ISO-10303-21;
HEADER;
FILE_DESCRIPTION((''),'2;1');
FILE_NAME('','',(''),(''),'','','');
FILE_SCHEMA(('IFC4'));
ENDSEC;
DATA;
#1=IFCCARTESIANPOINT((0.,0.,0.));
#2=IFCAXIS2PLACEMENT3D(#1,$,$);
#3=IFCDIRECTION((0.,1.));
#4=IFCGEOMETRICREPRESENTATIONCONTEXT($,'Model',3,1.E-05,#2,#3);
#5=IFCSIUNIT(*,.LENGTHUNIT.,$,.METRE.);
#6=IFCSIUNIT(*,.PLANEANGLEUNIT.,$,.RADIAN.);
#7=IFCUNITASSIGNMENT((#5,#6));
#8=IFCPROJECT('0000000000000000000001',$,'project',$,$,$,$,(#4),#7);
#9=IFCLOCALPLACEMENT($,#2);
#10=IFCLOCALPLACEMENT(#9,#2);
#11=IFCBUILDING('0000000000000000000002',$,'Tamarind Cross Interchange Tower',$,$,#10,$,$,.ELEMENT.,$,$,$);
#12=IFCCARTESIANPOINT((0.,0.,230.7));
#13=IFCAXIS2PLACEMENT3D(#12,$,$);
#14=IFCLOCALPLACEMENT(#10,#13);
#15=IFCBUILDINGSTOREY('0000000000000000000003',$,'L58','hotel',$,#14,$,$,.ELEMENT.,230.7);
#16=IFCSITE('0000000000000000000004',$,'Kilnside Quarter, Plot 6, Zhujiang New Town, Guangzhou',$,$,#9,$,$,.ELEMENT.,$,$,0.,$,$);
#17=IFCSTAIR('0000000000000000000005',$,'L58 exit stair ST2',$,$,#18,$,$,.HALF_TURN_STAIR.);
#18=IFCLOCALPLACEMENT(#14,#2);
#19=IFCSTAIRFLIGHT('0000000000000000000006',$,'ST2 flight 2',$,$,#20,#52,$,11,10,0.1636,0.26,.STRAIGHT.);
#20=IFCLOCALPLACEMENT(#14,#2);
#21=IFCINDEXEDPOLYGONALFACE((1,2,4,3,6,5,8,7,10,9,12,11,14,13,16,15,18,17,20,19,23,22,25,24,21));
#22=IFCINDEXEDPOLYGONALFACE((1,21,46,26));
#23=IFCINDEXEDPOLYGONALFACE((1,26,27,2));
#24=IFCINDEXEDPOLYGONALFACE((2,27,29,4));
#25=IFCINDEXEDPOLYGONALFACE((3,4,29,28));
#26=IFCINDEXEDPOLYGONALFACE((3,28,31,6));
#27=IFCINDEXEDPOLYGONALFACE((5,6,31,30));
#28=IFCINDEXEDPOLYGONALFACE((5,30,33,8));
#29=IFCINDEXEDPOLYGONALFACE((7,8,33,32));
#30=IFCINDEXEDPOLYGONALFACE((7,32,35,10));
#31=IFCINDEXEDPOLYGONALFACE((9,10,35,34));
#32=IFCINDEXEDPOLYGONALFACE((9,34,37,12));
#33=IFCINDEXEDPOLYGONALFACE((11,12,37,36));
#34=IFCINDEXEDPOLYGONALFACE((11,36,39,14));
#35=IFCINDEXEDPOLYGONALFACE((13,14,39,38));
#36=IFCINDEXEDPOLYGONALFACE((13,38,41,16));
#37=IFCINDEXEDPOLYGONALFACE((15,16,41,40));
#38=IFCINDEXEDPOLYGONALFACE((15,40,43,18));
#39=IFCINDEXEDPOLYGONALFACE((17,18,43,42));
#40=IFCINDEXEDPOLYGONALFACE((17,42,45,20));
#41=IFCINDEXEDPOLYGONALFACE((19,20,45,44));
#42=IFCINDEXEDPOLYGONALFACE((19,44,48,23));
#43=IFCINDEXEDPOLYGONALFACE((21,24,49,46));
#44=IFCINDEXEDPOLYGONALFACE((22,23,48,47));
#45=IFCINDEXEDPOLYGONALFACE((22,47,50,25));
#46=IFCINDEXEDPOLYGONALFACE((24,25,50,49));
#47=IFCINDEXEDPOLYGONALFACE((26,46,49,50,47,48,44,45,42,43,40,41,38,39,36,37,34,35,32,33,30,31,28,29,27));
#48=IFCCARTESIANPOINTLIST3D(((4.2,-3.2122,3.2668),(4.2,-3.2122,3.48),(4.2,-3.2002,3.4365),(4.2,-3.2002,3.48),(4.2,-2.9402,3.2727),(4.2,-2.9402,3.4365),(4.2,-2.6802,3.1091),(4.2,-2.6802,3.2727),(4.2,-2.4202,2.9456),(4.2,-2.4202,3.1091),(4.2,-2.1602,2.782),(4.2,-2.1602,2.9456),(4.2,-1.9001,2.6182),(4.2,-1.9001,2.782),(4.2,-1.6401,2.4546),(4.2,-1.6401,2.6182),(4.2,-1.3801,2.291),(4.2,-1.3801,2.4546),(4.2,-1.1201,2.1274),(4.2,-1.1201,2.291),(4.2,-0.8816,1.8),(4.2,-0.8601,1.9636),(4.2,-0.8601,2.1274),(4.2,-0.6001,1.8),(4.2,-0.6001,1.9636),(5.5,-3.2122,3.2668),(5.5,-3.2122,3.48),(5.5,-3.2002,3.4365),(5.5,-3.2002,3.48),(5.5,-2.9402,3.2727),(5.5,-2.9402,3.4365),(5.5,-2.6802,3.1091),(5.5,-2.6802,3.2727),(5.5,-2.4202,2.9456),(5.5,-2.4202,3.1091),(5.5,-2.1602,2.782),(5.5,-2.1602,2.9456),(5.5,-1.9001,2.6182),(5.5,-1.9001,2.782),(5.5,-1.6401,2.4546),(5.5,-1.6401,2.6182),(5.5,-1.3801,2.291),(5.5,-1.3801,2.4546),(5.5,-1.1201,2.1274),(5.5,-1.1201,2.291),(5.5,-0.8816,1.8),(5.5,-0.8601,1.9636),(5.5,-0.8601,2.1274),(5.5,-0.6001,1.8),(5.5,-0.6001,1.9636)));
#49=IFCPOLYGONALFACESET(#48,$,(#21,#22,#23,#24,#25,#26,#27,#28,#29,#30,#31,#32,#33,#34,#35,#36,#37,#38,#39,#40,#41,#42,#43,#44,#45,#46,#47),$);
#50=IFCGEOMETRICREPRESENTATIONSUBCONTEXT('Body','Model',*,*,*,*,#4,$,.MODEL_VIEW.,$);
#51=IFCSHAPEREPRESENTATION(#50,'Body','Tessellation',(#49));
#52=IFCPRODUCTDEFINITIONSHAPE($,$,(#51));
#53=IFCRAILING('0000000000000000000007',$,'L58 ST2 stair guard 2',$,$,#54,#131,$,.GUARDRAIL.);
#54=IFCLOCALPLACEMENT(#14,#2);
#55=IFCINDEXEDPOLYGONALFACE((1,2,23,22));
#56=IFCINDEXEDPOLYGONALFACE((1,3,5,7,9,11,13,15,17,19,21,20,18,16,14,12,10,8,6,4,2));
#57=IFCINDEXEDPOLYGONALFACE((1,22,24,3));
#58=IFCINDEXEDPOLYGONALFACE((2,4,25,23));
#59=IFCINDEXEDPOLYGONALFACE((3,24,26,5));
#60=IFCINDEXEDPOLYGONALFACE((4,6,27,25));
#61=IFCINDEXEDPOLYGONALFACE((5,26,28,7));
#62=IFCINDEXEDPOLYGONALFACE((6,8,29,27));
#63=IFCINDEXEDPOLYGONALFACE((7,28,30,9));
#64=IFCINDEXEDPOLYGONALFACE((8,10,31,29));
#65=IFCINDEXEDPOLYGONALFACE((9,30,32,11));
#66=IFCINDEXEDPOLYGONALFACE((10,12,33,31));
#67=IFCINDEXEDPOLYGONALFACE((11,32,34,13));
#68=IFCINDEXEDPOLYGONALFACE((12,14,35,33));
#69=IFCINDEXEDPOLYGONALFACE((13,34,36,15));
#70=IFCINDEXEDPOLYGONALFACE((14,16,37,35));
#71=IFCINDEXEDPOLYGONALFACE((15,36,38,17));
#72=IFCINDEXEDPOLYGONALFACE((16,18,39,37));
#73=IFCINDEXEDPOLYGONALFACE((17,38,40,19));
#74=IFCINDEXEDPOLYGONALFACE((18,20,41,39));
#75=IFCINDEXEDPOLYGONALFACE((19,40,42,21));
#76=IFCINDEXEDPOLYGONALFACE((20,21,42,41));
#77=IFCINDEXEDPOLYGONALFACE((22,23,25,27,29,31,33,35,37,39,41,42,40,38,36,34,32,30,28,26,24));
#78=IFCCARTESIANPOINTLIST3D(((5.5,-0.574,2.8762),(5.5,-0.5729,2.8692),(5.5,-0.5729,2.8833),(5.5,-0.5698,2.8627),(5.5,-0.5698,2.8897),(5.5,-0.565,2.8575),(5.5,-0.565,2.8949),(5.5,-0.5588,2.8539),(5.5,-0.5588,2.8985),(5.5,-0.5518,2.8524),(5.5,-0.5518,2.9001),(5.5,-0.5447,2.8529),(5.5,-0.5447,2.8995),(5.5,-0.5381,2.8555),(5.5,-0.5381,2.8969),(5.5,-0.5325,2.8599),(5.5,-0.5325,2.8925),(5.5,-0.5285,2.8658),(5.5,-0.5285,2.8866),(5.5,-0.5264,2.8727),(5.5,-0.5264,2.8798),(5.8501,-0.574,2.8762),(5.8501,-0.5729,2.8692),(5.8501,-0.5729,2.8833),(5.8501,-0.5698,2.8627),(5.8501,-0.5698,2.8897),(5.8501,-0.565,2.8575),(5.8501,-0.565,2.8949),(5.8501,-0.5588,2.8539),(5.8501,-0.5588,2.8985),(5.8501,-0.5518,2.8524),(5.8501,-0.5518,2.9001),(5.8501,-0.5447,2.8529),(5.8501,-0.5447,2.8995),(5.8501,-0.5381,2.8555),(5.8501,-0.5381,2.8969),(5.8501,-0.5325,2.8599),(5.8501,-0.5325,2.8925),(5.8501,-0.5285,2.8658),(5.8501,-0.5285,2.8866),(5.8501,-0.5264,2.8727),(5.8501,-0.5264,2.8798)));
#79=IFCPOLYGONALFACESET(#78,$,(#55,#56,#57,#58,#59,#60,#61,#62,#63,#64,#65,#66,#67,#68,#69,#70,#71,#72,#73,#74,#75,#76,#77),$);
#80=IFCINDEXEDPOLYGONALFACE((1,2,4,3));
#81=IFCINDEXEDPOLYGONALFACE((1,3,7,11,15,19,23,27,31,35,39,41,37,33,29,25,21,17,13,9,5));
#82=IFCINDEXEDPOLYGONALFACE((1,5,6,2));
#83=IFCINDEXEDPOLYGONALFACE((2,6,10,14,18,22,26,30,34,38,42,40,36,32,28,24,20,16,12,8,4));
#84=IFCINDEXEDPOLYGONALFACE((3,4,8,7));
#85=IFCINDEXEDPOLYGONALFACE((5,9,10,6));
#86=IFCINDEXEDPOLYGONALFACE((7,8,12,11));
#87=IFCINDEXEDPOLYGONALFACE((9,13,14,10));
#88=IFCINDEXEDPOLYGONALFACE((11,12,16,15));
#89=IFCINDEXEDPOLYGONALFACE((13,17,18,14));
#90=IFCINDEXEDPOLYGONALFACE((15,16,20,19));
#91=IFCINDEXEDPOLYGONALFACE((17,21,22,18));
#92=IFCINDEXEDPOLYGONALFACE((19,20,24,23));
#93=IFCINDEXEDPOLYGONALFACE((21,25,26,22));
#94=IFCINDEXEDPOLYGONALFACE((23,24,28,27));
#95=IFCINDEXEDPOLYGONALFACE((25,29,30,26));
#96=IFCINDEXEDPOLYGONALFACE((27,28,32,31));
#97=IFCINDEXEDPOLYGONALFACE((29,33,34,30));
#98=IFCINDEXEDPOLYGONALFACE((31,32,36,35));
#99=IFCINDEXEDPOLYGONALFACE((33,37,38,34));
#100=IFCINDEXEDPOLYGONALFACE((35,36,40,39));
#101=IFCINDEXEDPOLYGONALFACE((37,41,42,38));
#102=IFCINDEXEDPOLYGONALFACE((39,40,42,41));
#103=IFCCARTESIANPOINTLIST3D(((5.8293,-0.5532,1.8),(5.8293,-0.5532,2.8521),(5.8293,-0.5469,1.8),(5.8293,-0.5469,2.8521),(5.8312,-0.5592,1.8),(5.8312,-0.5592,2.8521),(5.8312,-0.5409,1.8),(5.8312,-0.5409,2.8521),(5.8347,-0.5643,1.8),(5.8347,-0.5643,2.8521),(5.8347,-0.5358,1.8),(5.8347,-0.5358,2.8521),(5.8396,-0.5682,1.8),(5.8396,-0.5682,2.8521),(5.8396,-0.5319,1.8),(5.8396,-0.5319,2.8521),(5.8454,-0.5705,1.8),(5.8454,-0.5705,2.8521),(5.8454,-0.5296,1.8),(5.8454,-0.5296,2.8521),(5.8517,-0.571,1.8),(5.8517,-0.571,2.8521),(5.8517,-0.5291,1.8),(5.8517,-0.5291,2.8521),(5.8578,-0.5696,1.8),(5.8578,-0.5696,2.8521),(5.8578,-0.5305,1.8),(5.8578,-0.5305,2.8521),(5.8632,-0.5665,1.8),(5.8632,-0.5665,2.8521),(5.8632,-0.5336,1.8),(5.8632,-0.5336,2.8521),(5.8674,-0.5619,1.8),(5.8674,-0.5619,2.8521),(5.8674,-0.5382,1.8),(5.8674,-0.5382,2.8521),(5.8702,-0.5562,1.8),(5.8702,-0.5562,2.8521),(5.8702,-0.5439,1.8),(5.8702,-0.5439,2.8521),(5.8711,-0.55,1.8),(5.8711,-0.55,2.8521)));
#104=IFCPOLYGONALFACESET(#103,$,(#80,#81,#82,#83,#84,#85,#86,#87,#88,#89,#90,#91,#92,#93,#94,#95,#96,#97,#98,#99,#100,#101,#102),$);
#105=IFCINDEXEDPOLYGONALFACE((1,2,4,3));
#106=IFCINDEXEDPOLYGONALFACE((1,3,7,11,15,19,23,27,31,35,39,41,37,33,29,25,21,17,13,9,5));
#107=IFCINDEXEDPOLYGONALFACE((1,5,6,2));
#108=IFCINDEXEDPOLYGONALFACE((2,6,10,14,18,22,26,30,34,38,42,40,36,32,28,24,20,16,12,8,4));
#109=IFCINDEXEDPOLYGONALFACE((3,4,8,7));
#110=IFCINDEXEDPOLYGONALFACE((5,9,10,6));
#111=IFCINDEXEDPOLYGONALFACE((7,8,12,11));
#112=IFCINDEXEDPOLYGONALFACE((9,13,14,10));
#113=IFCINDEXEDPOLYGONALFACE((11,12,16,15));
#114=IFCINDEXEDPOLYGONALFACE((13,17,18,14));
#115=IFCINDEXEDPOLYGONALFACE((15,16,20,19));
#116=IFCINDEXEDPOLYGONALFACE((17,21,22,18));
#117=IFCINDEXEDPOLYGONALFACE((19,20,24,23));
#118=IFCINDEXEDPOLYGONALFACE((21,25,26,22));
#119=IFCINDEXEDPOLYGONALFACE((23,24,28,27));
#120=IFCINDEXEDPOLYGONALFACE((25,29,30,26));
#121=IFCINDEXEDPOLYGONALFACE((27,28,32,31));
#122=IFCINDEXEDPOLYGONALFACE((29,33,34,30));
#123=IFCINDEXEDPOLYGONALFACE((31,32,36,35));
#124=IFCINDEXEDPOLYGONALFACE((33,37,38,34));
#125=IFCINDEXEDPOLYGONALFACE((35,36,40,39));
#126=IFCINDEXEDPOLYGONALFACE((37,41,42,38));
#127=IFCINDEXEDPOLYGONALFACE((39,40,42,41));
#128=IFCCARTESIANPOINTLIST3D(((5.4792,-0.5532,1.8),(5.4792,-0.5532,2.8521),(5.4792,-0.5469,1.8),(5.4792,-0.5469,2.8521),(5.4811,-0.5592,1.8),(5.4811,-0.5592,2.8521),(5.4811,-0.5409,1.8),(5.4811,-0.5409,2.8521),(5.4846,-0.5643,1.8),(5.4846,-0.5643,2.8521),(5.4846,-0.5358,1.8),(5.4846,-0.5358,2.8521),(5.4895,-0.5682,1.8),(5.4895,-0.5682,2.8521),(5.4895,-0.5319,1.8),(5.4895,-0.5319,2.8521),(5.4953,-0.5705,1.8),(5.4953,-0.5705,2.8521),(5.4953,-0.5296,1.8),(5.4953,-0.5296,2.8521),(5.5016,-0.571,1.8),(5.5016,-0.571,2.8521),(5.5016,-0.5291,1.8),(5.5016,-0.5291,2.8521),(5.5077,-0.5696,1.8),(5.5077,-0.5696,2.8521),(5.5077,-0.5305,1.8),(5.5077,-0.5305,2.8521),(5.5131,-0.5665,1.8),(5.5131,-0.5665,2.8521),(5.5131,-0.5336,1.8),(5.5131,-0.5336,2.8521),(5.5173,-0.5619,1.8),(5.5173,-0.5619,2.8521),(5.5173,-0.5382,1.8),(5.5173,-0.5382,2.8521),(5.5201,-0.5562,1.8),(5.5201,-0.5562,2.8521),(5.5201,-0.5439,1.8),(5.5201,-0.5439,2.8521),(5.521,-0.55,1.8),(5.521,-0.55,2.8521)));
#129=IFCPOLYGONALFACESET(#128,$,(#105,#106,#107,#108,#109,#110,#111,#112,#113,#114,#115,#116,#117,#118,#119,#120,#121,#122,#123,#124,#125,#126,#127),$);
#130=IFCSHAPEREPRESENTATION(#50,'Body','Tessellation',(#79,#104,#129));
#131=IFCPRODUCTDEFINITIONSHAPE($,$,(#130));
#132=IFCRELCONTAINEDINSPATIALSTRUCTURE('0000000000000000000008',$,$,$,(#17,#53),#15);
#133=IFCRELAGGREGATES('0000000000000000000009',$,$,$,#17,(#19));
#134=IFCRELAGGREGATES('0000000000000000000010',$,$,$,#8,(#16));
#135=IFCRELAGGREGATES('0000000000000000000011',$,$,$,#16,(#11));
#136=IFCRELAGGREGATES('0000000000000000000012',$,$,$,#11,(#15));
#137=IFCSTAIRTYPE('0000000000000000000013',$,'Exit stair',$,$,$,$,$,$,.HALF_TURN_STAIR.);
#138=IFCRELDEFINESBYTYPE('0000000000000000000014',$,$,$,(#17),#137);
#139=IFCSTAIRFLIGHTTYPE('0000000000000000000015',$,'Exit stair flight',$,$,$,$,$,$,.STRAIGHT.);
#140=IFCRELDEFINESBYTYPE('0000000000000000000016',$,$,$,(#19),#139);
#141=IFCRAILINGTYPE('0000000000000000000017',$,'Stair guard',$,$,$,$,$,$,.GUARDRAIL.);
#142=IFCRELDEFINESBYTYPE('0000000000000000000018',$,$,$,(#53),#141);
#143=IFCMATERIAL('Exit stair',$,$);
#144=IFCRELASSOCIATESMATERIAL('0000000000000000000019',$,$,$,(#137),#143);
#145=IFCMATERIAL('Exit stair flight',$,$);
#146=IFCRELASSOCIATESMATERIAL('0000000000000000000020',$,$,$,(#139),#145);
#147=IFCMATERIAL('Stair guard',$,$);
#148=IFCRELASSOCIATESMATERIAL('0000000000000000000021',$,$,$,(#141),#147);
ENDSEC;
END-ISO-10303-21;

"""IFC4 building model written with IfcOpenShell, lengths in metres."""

from ifc_helpers import new_model, si_unit, direction, frame, origin, origin_2d, place, context, subcontext, project, spatial, polyline, circle, outline, extrude, material, type_object, element, aggregate, save


model = new_model("IFC4")

# Units and contexts
model_context = context("Model", 3, precision=1e-05, world=origin(), true_north=direction((0.0, 1.0)))
body_context = subcontext(model_context, "Body", "Model", "MODEL_VIEW")
ifc_project = project(units=[si_unit("LENGTHUNIT", "METRE"), si_unit("PLANEANGLEUNIT", "RADIAN")], contexts=[model_context])

# Site, building, storey
site_placement = place(None, origin())
site = spatial("IfcSite", under=ifc_project, at=site_placement, Name="Kilnside Quarter, Plot 6, Zhujiang New Town, Guangzhou", CompositionType="ELEMENT", RefElevation=0.0)
building_placement = place(site_placement, origin())
building = spatial("IfcBuilding", under=site, at=building_placement, Name="Tamarind Cross Interchange Tower", CompositionType="ELEMENT")
storey_placement = place(building_placement, frame((0.0, 0.0, 230.7)))
storey = spatial("IfcBuildingStorey", under=building, at=storey_placement, Name="L58", Description="hotel", CompositionType="ELEMENT", Elevation=230.7)

# Stair, stair flight
ifc_material_1 = material(Name="Exit stair")
stair_type = type_object("IfcStairType", Name="Exit stair", PredefinedType="HALF_TURN_STAIR", material=ifc_material_1)
stair_placement = place(storey_placement, origin())
stair = element("IfcStair", 1, at=stair_placement, inside=storey, type_object=stair_type, Name="L58 exit stair ST2", PredefinedType="HALF_TURN_STAIR")
ifc_material_2 = material(Name="Exit stair flight")
stair_flight_type = type_object("IfcStairFlightType", Name="Exit stair flight", PredefinedType="STRAIGHT", material=ifc_material_2)
stair_flight_1_placement = place(storey_placement, frame((4.8501, -0.6001, 1.8), z_axis=(0.0, 0.0, 1.0), x_axis=(0.0, -1.0, 0.0)))
stair_flight_1 = element("IfcStairFlight", 2, at=stair_flight_1_placement, type_object=stair_flight_type, Name="ST2 flight 2", NumberOfRisers=11, NumberOfTreads=10, PredefinedType="STRAIGHT", RiserHeight=0.1636, TreadLength=0.26, context=body_context, shape_type="SweptSolid", body=[
    extrude(outline(polyline([(0.0, 0.0), (0.0, 0.1636), (0.26, 0.1636), (0.26, 0.3274), (0.52, 0.3274), (0.52, 0.491), (0.78, 0.491), (0.78, 0.6545), (1.04, 0.6545), (1.04, 0.8181), (1.3, 0.8181), (1.3, 0.9819), (1.5601, 0.9819), (1.5601, 1.1455), (1.8201, 1.1455), (1.8201, 1.3091), (2.0801, 1.3091), (2.0801, 1.4727), (2.3401, 1.4727), (2.3401, 1.6365), (2.6001, 1.6365), (2.6001, 1.6799), (2.6121, 1.6799), (2.6121, 1.4668), (0.2815, 0.0), (0.0, 0.0)])), frame((0.0, 0.6499, 0.0), z_axis=(0.0, -1.0, 0.0), x_axis=(1.0, 0.0, 0.0)), (0.0, 0.0, 1.0), 1.3),
])
aggregate(stair, [stair_flight_1])

# Railing
ifc_material_3 = material(Name="Stair guard")
railing_type_1 = type_object("IfcRailingType", Name="Stair guard", PredefinedType="GUARDRAIL", material=ifc_material_3)
railing_1_placement = place(storey_placement, frame((5.8501, -0.55, 1.8)))
element("IfcRailing", 3, at=railing_1_placement, inside=storey, type_object=railing_type_1, Name="L58 ST2 stair guard 2", PredefinedType="GUARDRAIL", context=body_context, shape_type="SweptSolid", body=[
    extrude(circle(Radius=0.0239, at=origin_2d()), frame((0.0, 0.0, 1.0762), z_axis=(-1.0, 0.0, 0.0), x_axis=(0.0, -1.0, 0.0)), (0.0, 0.0, 1.0), 0.3501),
    extrude(circle(Radius=0.021, at=origin_2d()), origin(), (0.0, 0.0, 1.0), 1.052),
    extrude(circle(Radius=0.021, at=origin_2d()), frame((-0.3501, 0.0, 0.0)), (0.0, 0.0, 1.0), 1.052),
])

save(model, "model.ifc")
